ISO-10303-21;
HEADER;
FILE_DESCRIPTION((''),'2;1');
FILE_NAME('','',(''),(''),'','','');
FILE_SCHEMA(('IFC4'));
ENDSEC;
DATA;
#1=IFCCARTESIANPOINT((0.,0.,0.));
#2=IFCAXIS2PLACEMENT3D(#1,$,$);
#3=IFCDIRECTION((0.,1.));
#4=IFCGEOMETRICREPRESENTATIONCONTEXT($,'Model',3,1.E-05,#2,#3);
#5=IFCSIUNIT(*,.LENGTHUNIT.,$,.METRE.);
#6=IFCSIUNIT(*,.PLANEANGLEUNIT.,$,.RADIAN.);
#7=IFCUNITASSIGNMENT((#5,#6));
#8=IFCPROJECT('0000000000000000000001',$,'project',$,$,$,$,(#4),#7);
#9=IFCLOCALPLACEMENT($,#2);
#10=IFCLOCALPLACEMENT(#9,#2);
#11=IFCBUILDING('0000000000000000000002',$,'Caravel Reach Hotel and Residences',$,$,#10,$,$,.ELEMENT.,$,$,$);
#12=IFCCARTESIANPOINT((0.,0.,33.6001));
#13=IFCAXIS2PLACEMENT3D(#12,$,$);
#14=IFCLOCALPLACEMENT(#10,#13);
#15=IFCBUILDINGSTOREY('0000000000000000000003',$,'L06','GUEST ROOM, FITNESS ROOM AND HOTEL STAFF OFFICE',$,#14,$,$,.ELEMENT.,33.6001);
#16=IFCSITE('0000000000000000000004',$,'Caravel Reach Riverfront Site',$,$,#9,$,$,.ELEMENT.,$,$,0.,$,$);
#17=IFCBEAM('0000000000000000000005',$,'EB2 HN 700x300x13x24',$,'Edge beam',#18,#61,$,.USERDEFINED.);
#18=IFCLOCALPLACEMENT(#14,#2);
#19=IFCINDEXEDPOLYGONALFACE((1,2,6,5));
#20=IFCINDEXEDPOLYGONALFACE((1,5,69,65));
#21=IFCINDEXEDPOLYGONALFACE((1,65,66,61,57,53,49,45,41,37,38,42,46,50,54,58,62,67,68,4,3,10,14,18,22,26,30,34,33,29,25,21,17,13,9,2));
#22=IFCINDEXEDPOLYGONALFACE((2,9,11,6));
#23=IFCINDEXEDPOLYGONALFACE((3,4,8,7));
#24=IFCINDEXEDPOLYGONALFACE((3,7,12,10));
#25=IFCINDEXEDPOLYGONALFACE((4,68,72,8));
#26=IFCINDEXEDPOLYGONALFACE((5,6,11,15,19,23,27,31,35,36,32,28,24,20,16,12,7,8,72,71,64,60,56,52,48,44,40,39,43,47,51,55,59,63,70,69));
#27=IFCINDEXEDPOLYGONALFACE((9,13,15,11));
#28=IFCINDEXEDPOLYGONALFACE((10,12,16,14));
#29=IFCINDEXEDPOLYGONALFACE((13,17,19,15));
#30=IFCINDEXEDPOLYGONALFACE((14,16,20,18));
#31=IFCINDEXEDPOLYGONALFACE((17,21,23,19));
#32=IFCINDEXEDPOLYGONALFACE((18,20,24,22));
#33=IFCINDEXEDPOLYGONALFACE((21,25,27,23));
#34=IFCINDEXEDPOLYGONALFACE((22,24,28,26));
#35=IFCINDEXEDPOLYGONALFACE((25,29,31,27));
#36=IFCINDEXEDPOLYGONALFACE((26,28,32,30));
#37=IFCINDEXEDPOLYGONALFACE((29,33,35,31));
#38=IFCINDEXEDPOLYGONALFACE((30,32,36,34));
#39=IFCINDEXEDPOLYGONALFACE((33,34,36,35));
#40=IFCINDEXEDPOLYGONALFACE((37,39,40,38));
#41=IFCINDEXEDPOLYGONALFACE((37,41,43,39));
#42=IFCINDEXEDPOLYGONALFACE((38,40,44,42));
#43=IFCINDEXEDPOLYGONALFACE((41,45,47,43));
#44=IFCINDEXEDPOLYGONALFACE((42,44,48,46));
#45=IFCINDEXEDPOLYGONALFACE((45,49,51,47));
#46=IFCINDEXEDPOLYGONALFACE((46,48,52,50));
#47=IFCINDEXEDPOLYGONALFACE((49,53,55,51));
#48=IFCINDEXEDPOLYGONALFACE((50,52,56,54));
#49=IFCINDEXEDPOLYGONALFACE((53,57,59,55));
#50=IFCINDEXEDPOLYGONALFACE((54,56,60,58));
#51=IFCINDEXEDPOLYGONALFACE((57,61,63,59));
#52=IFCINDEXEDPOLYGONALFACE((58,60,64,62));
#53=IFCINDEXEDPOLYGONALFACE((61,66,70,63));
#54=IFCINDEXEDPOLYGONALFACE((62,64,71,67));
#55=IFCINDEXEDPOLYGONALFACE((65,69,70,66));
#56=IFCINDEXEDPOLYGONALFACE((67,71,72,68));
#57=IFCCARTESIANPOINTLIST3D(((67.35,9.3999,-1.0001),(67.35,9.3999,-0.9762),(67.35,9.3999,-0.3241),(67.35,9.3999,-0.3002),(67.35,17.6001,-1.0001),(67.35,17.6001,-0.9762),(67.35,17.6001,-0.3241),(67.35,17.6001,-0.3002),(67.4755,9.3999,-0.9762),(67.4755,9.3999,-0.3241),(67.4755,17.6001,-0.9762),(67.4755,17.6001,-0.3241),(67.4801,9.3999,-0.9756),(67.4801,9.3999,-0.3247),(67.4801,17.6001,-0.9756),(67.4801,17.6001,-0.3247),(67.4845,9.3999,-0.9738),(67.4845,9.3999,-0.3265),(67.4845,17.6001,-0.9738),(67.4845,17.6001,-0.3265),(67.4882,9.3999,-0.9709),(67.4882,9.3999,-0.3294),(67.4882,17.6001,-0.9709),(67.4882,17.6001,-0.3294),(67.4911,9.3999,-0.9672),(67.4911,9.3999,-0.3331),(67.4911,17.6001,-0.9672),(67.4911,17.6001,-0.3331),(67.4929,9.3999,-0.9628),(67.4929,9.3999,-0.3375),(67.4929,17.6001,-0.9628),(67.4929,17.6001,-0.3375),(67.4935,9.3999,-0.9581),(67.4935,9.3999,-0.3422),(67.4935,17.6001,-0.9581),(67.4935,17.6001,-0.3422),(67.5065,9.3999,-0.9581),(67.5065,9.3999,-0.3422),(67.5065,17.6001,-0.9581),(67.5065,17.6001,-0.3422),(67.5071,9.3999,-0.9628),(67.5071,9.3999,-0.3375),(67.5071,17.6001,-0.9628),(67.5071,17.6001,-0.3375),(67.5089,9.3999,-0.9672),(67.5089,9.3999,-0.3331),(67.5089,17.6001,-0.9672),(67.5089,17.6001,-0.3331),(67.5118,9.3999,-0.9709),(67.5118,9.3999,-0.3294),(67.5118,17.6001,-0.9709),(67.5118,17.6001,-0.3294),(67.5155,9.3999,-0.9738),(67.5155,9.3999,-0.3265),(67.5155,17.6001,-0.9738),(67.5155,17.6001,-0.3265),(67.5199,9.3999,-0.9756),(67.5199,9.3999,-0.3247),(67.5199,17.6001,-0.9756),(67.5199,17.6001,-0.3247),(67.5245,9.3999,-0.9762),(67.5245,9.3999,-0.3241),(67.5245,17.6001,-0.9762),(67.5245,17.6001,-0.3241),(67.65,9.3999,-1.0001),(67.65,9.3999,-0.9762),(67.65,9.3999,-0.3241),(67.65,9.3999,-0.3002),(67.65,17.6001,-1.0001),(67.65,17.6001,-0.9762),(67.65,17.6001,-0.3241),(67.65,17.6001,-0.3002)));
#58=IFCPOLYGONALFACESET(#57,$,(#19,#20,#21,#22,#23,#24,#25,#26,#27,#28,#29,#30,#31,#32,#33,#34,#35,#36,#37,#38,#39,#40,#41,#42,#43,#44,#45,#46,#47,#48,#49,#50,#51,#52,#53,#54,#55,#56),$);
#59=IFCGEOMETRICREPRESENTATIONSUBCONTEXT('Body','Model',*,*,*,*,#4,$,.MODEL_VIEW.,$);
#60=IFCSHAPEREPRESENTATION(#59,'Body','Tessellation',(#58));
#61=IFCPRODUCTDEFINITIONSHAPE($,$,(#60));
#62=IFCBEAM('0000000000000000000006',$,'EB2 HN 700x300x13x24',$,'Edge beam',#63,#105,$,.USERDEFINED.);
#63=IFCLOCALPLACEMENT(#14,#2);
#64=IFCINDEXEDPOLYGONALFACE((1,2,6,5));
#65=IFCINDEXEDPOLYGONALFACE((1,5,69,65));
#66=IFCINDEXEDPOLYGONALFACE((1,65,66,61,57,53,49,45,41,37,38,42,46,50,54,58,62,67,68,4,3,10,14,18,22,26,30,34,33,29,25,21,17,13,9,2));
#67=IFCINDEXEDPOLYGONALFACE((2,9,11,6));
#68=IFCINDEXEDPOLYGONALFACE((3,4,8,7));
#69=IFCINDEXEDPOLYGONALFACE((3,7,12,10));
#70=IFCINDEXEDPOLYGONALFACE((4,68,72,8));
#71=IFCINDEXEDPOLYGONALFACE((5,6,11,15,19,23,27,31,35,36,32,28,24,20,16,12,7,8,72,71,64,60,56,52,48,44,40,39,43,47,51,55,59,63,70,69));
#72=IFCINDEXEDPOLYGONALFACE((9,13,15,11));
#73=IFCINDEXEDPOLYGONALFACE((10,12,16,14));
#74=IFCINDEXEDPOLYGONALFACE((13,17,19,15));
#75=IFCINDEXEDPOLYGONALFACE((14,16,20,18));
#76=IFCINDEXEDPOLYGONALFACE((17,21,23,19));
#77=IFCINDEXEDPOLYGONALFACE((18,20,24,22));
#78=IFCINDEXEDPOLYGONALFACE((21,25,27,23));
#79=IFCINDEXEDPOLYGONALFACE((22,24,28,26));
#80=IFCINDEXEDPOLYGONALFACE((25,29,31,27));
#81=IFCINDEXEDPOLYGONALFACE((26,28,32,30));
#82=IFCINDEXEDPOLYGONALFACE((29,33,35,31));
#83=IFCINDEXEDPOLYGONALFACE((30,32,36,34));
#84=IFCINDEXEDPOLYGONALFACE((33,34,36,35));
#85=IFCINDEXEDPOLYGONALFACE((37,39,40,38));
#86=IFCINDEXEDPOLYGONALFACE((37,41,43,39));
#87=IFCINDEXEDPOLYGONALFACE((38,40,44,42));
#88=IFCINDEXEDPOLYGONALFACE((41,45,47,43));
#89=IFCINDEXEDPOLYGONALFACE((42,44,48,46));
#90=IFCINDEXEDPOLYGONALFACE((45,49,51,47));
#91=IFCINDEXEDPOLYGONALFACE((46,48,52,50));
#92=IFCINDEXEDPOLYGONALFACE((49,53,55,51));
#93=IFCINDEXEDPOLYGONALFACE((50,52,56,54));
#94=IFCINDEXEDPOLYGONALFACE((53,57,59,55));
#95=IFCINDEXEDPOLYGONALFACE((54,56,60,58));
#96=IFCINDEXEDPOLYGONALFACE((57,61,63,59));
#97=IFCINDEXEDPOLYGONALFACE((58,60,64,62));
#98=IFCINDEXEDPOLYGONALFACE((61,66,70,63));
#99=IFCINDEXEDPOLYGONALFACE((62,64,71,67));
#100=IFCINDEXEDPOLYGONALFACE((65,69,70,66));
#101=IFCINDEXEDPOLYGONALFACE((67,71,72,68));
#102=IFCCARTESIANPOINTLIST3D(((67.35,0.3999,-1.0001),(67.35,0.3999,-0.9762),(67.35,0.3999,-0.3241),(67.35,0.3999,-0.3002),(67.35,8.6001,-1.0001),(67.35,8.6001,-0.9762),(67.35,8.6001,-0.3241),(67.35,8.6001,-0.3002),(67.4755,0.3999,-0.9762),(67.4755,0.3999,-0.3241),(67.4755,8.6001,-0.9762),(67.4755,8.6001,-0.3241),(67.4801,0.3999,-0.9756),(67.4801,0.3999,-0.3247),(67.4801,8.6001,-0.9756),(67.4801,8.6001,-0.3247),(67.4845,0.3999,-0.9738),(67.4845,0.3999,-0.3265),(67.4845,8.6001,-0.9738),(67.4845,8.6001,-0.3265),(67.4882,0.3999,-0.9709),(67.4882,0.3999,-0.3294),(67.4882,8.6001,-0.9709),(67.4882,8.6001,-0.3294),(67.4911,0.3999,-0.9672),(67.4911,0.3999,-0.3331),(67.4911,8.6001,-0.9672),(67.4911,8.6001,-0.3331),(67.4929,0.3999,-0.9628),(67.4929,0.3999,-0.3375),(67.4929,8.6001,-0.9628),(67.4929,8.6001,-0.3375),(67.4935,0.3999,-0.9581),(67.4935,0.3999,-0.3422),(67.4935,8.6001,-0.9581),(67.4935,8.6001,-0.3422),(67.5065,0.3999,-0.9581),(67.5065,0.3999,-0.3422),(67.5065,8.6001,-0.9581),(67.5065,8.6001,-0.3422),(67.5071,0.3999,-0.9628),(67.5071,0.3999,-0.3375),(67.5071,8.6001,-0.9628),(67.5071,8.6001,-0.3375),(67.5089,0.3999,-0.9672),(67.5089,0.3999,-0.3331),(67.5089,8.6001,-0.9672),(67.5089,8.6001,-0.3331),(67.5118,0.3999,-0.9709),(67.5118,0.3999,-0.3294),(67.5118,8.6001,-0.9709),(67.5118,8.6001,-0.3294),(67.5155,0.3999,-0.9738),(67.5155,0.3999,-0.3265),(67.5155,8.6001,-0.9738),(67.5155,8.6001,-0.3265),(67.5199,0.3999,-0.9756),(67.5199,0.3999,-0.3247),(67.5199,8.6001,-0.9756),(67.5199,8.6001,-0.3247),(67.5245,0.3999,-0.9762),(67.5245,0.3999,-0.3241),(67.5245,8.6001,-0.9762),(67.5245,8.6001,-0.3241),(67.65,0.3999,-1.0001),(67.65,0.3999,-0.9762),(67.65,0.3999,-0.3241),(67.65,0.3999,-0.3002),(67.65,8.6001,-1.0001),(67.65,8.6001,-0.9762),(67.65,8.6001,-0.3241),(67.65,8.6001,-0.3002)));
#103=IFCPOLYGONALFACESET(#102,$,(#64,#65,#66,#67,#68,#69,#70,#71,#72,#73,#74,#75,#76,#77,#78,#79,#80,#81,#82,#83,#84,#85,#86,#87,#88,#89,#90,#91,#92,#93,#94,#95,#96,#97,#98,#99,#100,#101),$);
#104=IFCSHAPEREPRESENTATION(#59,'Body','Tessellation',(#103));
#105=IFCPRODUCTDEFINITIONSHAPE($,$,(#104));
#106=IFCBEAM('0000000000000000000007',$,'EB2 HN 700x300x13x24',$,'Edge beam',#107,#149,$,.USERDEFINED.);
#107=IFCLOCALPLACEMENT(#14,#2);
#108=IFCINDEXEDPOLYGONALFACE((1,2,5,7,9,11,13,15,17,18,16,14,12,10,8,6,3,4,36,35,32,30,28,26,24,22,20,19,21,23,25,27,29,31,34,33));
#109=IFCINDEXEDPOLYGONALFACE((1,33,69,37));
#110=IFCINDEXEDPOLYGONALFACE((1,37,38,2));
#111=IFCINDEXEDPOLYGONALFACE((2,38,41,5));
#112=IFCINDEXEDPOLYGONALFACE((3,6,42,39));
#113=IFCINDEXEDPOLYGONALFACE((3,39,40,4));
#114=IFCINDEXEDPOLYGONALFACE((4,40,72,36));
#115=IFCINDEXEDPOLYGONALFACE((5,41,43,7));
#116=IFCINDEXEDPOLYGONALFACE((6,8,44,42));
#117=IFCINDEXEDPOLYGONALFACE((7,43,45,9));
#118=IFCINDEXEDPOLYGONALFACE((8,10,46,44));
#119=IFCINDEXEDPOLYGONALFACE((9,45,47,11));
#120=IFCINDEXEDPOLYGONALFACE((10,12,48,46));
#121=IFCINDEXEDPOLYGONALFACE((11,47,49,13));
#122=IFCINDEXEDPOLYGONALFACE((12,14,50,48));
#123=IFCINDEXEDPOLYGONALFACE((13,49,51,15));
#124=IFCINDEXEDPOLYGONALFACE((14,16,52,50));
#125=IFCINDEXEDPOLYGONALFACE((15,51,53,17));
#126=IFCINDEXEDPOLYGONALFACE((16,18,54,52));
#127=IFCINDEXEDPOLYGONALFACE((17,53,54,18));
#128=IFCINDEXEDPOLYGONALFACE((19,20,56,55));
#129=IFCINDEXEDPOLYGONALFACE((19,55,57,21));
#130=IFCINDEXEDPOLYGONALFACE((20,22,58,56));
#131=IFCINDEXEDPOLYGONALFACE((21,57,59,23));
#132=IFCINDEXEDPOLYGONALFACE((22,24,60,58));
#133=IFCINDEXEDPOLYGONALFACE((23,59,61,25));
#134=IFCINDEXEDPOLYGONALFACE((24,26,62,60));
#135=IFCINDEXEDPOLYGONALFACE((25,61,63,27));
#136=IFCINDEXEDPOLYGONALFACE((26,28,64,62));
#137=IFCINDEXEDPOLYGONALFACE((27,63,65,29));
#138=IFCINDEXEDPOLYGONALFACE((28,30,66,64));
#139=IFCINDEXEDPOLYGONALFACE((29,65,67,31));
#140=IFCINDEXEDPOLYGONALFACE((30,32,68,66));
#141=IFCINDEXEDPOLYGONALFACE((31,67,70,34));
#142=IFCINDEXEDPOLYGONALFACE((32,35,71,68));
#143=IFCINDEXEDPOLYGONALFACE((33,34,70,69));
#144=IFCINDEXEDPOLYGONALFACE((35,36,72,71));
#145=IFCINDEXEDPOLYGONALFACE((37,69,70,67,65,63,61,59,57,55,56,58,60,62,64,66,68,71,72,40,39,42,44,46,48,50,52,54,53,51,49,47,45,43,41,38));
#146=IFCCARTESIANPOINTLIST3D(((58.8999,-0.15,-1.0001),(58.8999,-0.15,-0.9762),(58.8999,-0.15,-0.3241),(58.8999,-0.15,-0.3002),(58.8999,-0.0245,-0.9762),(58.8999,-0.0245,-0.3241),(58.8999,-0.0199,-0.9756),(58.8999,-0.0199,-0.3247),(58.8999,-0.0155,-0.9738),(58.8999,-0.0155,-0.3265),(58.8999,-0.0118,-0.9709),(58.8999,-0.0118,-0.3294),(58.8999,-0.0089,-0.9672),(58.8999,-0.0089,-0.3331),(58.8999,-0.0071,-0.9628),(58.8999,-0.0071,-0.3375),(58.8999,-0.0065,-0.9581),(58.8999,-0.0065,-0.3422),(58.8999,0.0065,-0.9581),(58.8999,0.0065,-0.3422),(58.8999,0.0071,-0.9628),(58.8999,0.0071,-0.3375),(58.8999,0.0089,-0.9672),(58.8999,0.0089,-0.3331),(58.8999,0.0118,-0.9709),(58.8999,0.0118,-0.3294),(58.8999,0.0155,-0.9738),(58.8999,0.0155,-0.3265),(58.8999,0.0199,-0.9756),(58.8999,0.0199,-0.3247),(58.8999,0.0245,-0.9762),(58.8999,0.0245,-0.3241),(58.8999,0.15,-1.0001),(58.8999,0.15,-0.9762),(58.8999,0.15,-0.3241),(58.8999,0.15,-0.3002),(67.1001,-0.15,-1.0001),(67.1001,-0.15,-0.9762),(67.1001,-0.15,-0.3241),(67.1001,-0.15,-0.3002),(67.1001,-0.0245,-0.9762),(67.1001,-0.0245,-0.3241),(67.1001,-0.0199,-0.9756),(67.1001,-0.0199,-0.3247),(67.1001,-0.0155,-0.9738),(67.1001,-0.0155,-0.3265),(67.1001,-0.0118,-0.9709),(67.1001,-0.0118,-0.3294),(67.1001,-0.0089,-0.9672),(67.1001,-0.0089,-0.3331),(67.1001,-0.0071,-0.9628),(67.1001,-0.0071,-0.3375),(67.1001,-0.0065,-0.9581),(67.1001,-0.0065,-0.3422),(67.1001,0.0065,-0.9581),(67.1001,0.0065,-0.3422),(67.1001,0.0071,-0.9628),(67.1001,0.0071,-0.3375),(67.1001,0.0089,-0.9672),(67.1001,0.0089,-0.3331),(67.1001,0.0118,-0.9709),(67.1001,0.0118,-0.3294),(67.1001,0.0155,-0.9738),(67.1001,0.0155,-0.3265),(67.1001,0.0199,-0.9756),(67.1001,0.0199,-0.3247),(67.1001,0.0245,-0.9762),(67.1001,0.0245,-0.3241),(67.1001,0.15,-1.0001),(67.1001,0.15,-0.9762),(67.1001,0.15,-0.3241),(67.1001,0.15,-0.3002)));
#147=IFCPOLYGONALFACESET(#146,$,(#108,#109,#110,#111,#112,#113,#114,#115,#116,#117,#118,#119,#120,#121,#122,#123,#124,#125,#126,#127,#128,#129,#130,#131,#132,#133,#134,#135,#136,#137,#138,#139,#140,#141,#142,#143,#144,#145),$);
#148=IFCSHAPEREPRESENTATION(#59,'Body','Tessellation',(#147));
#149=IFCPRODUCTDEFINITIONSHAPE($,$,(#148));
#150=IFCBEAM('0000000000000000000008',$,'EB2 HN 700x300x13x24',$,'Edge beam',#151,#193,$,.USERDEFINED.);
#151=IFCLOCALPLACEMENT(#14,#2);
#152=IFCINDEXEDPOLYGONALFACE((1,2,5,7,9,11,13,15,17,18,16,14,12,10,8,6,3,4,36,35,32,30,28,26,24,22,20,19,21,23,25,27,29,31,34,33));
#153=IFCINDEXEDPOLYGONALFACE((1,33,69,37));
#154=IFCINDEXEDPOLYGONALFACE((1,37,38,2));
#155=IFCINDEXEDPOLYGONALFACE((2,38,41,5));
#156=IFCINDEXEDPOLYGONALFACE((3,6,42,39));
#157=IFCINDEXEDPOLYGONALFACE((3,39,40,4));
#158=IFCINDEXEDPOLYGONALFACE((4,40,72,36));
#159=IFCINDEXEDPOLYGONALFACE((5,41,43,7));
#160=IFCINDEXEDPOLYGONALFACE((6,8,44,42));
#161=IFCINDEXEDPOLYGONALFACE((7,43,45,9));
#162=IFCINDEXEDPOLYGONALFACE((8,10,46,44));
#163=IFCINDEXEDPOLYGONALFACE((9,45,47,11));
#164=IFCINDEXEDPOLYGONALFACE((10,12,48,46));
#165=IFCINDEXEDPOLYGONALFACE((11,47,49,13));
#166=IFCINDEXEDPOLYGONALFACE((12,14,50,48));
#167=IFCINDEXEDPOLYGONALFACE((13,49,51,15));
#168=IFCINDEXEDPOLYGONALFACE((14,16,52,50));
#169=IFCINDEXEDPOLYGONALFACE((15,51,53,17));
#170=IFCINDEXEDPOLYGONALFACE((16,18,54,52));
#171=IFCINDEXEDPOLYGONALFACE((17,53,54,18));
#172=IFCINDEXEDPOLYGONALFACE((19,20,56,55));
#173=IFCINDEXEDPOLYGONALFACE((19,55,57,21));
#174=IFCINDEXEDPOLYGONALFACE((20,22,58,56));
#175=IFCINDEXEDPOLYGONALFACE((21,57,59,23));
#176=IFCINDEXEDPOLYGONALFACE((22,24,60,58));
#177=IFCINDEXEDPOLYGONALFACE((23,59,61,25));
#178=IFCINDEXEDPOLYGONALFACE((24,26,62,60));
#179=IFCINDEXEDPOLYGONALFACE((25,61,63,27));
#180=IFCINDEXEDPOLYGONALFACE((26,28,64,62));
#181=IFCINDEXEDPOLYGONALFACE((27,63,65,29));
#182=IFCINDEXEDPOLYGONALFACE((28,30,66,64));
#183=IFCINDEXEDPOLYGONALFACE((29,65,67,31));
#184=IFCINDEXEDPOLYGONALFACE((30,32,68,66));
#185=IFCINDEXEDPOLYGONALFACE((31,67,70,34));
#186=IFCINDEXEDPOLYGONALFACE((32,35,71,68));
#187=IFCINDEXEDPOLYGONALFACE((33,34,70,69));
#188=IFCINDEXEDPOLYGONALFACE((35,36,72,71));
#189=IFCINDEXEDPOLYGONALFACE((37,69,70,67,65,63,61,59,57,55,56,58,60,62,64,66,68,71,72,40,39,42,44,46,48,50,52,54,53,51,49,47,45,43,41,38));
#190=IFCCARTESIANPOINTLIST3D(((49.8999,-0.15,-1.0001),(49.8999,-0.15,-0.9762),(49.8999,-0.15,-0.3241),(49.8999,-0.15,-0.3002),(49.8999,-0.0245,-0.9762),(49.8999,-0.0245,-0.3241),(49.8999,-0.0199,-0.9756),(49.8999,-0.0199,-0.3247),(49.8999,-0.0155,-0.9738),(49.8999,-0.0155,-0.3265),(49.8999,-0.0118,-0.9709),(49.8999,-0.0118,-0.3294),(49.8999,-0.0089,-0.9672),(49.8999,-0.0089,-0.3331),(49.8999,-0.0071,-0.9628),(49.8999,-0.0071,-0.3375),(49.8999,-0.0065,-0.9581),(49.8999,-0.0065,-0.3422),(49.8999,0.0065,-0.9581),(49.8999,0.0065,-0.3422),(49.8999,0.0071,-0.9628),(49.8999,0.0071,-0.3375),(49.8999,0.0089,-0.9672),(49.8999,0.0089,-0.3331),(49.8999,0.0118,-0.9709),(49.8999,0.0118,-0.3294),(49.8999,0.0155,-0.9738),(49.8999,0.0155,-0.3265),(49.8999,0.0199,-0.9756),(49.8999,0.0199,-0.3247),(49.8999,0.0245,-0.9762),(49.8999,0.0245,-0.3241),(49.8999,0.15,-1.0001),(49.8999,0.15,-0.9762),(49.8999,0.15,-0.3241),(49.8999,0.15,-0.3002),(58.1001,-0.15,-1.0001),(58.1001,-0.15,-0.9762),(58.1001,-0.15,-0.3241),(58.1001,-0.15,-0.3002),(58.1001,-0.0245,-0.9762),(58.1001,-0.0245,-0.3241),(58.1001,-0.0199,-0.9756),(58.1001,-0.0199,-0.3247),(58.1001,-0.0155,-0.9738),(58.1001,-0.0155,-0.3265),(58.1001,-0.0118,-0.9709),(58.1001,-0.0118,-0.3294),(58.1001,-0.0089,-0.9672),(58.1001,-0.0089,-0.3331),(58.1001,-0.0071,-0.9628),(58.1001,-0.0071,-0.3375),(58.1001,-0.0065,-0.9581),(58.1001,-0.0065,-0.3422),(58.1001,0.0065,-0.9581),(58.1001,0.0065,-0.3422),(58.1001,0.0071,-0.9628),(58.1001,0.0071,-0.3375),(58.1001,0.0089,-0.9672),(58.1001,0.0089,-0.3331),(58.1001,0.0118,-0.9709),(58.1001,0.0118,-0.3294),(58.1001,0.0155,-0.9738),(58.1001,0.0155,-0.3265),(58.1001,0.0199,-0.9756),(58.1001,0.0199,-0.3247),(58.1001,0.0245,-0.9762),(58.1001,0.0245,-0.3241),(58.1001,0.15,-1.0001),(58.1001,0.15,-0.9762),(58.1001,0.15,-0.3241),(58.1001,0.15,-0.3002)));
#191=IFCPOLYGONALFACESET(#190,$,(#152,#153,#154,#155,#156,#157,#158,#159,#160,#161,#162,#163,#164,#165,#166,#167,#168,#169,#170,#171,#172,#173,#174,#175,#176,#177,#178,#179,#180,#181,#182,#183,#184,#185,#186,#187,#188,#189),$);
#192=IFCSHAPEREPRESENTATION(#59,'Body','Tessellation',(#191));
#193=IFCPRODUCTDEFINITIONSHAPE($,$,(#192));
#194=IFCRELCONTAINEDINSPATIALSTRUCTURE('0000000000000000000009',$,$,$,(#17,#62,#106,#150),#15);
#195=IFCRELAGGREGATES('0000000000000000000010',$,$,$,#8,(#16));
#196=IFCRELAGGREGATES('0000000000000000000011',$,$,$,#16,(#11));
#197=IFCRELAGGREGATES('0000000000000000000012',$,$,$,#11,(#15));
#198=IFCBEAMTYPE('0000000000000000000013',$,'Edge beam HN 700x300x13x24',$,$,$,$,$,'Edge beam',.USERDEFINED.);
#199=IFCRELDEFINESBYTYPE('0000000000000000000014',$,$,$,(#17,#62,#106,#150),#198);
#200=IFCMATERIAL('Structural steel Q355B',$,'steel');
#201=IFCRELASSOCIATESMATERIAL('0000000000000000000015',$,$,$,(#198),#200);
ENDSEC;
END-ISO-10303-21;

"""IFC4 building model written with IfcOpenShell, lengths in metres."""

from ifc_helpers import new_model, si_unit, direction, frame, origin, origin_2d, place, context, subcontext, project, spatial, i_section, extrude, material, material_profile, profile_set, type_object, element, save


model = new_model("IFC4")

# Units and contexts
model_context = context("Model", 3, precision=1e-05, world=origin(), true_north=direction((0.0, 1.0)))
body_context = subcontext(model_context, "Body", "Model", "MODEL_VIEW")
ifc_project = project(units=[si_unit("LENGTHUNIT", "METRE"), si_unit("PLANEANGLEUNIT", "RADIAN")], contexts=[model_context])

# Site, building, storey
site_placement = place(None, origin())
site = spatial("IfcSite", under=ifc_project, at=site_placement, Name="Caravel Reach Riverfront Site", CompositionType="ELEMENT", RefElevation=0.0)
building_placement = place(site_placement, origin())
building = spatial("IfcBuilding", under=site, at=building_placement, Name="Caravel Reach Hotel and Residences", CompositionType="ELEMENT")
storey_placement = place(building_placement, frame((0.0, 0.0, 33.6001)))
storey = spatial("IfcBuildingStorey", under=building, at=storey_placement, Name="L06", Description="GUEST ROOM, FITNESS ROOM AND HOTEL STAFF OFFICE", CompositionType="ELEMENT", Elevation=33.6001)

# Beams
ifc_material_1 = material(Name="Structural steel Q355B", Category="steel")
ifc_material_profile = material_profile(ifc_material_1, i_section(OverallWidth=0.3, OverallDepth=0.7, WebThickness=0.0129, FlangeThickness=0.0239, FilletRadius=0.0181, at=origin_2d()), Name="HN 700x300x13x24")
ifc_profile_set = profile_set([ifc_material_profile], Name="Structural steel Q355B")
beam_type = type_object("IfcBeamType", Name="Edge beam HN 700x300x13x24", ElementType="Edge beam", PredefinedType="USERDEFINED", material=ifc_profile_set)
for number, where, z_axis, x_axis, name in (
    (1, (67.5, 17.6001, -0.6501), (0.0, -1.0, 0.0), (1.0, 0.0, 0.0), "EB2 HN 700x300x13x24"),
    (2, (67.5, 8.6001, -0.6501), (0.0, -1.0, 0.0), (1.0, 0.0, 0.0), "EB2 HN 700x300x13x24"),
    (3, (67.1001, 0.0, -0.6501), (-1.0, 0.0, 0.0), (0.0, -1.0, 0.0), "EB2 HN 700x300x13x24"),
    (4, (58.1001, 0.0, -0.6501), (-1.0, 0.0, 0.0), (0.0, -1.0, 0.0), "EB2 HN 700x300x13x24"),
):
    element("IfcBeam", number, at=place(storey_placement, frame(where, z_axis=z_axis, x_axis=x_axis)), inside=storey, type_object=beam_type, Name=name, ObjectType="Edge beam", PredefinedType="USERDEFINED", context=body_context, shape_type="SweptSolid", body=[
        extrude(i_section(OverallWidth=0.3, OverallDepth=0.7, WebThickness=0.0129, FlangeThickness=0.0239, FilletRadius=0.0181, at=origin_2d()), origin(), (0.0, 0.0, 1.0), 8.2002),
    ])

save(model, "model.ifc")
